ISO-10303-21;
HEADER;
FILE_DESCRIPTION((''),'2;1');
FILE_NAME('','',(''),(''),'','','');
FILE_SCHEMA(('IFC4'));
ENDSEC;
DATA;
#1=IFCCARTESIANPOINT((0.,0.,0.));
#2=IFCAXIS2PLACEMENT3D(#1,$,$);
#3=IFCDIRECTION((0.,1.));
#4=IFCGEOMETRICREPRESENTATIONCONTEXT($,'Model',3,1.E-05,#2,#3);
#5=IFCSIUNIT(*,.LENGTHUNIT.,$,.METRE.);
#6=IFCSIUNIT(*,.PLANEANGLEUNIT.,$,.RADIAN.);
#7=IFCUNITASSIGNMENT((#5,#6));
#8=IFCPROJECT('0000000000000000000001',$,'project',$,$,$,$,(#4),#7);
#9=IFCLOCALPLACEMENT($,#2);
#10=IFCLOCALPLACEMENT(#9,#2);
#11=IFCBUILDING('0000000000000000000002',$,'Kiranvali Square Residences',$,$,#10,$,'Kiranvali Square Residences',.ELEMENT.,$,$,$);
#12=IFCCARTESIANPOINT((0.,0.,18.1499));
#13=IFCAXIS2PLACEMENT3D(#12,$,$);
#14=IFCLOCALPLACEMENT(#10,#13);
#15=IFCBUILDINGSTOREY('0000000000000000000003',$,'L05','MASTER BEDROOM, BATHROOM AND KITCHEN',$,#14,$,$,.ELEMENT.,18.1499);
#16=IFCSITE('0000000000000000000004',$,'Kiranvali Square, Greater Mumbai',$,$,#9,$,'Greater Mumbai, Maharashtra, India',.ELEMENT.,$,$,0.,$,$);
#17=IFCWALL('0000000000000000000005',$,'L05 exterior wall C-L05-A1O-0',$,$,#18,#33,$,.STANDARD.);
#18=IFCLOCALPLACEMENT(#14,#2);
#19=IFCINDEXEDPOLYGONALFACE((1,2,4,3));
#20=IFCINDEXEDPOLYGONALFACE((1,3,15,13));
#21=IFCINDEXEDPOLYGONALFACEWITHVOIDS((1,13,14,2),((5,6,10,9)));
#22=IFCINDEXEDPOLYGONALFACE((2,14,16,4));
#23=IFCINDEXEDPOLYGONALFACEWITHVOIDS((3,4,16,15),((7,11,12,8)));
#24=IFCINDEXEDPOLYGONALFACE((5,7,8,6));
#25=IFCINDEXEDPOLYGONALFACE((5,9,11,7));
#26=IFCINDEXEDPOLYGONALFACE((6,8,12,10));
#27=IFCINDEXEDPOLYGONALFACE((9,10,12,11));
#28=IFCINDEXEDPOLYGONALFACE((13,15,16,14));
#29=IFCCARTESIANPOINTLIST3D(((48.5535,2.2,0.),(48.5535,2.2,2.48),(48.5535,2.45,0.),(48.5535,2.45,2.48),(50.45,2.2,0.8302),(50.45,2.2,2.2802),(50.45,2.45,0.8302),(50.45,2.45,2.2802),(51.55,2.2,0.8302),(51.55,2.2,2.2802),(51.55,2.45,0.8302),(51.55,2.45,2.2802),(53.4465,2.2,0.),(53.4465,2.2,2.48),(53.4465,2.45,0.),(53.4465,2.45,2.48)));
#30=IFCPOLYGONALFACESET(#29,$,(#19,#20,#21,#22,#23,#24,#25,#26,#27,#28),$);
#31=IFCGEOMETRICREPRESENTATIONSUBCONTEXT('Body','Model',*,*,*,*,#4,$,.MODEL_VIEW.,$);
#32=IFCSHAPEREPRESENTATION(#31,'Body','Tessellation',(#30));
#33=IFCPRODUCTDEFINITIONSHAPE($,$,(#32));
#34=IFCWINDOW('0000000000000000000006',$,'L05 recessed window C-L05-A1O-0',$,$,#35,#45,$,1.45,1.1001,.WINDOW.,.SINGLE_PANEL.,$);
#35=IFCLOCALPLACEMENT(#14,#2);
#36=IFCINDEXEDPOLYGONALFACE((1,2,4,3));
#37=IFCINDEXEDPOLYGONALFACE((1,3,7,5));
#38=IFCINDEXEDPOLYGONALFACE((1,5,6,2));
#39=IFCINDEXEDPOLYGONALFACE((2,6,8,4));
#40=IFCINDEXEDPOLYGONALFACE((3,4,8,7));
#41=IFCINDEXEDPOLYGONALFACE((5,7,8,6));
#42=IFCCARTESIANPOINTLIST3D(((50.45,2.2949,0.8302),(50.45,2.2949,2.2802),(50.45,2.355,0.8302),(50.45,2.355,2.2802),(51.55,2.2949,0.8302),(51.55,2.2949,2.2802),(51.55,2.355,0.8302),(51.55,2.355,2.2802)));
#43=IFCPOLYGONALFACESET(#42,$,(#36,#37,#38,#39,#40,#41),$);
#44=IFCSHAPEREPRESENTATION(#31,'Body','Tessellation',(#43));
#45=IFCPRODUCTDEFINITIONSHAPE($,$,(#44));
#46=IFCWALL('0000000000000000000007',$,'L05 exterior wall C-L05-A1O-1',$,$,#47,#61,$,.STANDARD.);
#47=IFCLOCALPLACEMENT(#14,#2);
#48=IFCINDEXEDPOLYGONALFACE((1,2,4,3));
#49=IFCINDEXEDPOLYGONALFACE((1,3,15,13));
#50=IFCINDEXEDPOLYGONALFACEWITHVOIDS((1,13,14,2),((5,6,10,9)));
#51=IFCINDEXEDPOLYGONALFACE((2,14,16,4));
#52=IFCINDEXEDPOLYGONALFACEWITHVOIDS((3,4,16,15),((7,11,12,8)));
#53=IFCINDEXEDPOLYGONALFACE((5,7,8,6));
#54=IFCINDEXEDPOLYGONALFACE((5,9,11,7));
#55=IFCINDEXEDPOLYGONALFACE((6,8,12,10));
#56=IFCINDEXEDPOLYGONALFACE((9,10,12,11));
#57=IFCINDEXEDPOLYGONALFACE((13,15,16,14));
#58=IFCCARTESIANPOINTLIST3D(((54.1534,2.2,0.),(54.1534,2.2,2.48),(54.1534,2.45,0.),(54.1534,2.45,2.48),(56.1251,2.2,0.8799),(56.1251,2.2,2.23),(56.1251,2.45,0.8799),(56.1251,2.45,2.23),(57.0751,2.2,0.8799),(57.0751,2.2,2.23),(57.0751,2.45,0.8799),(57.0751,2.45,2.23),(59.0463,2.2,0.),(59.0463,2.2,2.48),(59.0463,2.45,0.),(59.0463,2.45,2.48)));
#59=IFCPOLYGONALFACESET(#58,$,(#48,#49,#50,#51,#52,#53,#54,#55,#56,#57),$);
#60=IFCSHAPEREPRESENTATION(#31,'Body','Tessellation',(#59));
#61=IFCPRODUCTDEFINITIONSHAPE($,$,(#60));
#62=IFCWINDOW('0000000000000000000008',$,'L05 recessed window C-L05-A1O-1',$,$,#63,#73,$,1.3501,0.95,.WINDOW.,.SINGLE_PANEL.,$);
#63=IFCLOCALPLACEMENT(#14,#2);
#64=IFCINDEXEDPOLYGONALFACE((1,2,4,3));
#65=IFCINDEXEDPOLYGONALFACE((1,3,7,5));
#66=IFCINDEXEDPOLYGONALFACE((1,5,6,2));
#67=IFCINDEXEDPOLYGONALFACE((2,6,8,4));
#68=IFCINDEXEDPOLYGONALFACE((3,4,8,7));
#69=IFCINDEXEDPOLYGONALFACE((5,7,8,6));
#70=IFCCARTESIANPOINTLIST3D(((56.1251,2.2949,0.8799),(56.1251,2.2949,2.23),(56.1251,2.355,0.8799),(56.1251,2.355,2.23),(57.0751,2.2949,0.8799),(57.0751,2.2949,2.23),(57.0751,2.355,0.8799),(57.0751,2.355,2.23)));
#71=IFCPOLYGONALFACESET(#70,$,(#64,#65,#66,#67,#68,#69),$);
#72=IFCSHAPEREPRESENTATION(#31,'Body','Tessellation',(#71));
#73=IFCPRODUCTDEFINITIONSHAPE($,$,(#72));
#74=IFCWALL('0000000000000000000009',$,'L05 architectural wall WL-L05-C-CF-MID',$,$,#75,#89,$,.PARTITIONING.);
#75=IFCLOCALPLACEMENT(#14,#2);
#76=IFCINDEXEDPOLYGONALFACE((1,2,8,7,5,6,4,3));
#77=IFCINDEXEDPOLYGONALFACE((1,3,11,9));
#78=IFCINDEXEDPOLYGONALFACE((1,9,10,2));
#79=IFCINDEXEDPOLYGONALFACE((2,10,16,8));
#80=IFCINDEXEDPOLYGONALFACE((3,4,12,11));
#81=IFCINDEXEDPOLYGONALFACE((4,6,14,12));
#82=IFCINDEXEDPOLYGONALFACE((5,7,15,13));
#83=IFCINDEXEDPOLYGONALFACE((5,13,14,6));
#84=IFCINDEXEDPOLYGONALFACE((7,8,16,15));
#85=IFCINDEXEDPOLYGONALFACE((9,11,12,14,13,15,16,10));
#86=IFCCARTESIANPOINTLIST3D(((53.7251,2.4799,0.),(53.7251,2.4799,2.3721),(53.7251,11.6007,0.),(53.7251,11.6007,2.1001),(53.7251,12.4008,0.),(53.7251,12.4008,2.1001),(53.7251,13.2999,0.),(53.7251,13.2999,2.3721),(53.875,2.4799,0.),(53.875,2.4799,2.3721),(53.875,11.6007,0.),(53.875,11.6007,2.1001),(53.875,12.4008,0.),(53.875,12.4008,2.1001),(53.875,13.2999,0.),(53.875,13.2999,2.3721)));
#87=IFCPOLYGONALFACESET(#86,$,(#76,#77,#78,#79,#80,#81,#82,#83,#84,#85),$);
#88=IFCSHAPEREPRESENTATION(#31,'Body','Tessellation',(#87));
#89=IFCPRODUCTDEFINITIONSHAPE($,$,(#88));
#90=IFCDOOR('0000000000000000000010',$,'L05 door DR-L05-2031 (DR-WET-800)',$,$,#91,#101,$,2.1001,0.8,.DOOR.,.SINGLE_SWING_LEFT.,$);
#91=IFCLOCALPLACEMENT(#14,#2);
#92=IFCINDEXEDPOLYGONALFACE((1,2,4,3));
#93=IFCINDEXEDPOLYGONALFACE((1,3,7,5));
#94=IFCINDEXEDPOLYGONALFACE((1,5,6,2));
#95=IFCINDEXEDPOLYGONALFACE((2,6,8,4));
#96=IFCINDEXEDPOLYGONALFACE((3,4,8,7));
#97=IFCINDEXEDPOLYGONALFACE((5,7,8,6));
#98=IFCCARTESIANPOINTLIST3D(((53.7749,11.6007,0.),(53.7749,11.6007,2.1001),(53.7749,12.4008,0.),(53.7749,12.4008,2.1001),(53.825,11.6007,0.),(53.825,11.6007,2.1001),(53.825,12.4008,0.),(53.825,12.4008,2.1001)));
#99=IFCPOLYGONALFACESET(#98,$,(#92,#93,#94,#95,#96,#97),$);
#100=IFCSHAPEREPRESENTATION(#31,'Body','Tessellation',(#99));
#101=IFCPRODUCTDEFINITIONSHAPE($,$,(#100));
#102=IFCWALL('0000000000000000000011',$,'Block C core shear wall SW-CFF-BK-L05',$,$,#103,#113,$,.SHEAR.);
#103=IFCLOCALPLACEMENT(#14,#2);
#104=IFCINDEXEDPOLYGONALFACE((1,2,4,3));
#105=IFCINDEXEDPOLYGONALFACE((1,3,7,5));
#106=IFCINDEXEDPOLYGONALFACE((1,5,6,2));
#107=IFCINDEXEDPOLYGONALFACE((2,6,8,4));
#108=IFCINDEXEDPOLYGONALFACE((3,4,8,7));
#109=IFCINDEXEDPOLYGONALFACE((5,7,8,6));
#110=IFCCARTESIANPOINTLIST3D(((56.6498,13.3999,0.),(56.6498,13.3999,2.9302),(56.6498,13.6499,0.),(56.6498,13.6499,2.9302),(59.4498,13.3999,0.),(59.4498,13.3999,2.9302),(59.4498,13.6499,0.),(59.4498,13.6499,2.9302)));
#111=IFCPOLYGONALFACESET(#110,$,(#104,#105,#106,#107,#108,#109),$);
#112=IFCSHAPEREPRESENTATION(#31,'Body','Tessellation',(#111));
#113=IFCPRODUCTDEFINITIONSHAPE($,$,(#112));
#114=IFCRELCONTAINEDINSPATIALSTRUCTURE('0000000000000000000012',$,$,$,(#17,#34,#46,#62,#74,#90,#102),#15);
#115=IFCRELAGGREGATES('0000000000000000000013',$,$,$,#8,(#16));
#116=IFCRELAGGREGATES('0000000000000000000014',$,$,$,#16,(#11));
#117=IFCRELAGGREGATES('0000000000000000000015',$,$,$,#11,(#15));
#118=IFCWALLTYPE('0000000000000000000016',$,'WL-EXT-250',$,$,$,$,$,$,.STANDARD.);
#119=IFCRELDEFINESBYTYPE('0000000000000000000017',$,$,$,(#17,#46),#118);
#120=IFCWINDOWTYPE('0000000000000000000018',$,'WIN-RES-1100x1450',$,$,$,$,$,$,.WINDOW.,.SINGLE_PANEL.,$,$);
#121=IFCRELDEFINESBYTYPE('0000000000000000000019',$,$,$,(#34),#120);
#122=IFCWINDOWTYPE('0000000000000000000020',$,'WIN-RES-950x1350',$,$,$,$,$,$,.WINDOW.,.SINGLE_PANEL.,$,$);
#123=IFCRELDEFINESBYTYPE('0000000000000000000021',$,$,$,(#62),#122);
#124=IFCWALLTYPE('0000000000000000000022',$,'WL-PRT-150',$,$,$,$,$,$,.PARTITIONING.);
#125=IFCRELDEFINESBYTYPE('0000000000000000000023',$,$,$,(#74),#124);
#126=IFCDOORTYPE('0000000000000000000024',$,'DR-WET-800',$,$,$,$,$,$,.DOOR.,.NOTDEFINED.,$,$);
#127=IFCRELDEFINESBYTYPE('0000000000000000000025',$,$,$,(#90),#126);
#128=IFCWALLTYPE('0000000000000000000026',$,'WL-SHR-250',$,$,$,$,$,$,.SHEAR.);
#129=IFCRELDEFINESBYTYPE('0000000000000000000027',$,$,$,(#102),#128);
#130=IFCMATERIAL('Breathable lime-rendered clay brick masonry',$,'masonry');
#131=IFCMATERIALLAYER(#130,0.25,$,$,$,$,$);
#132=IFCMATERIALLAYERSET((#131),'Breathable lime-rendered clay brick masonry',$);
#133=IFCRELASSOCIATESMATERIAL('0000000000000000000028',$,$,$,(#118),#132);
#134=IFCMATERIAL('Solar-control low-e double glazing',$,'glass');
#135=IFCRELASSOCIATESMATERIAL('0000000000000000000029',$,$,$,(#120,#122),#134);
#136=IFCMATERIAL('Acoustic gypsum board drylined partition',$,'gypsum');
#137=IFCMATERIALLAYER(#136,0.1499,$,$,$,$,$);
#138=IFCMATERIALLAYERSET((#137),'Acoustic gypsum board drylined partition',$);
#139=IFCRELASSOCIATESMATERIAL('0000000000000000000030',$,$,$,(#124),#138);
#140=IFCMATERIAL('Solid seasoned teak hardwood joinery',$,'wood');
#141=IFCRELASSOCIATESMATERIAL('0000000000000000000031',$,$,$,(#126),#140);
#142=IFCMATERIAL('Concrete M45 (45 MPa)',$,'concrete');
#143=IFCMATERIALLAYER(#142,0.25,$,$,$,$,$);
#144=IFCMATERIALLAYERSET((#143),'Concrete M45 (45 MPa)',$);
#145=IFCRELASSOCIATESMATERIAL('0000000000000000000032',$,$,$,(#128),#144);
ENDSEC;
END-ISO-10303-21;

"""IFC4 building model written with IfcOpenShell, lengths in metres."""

from ifc_helpers import new_model, si_unit, direction, frame, frame_2d, origin, place, context, subcontext, project, spatial, rectangle, extrude, material, layer, layer_set, type_object, element, fill, save


model = new_model("IFC4")

# Units and contexts
model_context = context("Model", 3, precision=1e-05, world=origin(), true_north=direction((0.0, 1.0)))
body_context = subcontext(model_context, "Body", "Model", "MODEL_VIEW")
ifc_project = project(units=[si_unit("LENGTHUNIT", "METRE"), si_unit("PLANEANGLEUNIT", "RADIAN")], contexts=[model_context])

# Site, building, storey
site_placement = place(None, origin())
site = spatial("IfcSite", under=ifc_project, at=site_placement, Name="Kiranvali Square, Greater Mumbai", LongName="Greater Mumbai, Maharashtra, India", CompositionType="ELEMENT", RefElevation=0.0)
building_placement = place(site_placement, origin())
building = spatial("IfcBuilding", under=site, at=building_placement, Name="Kiranvali Square Residences", LongName="Kiranvali Square Residences", CompositionType="ELEMENT")
storey_placement = place(building_placement, frame((0.0, 0.0, 18.1499)))
storey = spatial("IfcBuildingStorey", under=building, at=storey_placement, Name="L05", Description="MASTER BEDROOM, BATHROOM AND KITCHEN", CompositionType="ELEMENT", Elevation=18.1499)

# Shared definitions
ifc_material_1 = material(Name="Concrete M45 (45 MPa)", Category="concrete")

# Walls, openings, windows
ifc_material_2 = material(Name="Breathable lime-rendered clay brick masonry", Category="masonry")
ifc_layer_1 = layer(ifc_material_2, 0.25)
ifc_layer_set_1 = layer_set([ifc_layer_1], Name="Breathable lime-rendered clay brick masonry")
wall_type_1 = type_object("IfcWallType", Name="WL-EXT-250", PredefinedType="STANDARD", material=ifc_layer_set_1)
wall_1_placement = place(storey_placement, frame((48.5535, 2.325, 0.0), z_axis=(0.0, 0.0, 1.0), x_axis=(1.0, 0.0, 0.0)))
wall_1 = element("IfcWall", 1, at=wall_1_placement, inside=storey, type_object=wall_type_1, Name="L05 exterior wall C-L05-A1O-0", PredefinedType="STANDARD", context=body_context, shape_type="SweptSolid", body=[
    extrude(rectangle(XDim=4.8931, YDim=0.25, at=frame_2d((2.4465, 0.0))), origin(), (0.0, 0.0, 1.0), 2.48),
])
opening_1_placement = place(wall_1_placement, frame((1.8965, 0.0, 0.8301)))
opening_1 = element("IfcOpeningElement", 2, at=opening_1_placement, cuts=wall_1, PredefinedType="OPENING", context=body_context, shape_type="SweptSolid", body=[
    extrude(rectangle(XDim=1.1001, YDim=1.45, at=frame_2d((0.55, 0.7251))), frame((0.0, 0.135, 0.0), z_axis=(0.0, -1.0, 0.0), x_axis=(1.0, 0.0, 0.0)), (0.0, 0.0, 1.0), 0.27),
])
ifc_material_3 = material(Name="Solar-control low-e double glazing", Category="glass")
window_type_1 = type_object("IfcWindowType", Name="WIN-RES-1100x1450", PartitioningType="SINGLE_PANEL", PredefinedType="WINDOW", material=ifc_material_3)
window_1_placement = place(opening_1_placement, origin())
window_1 = element("IfcWindow", 3, at=window_1_placement, inside=storey, type_object=window_type_1, Name="L05 recessed window C-L05-A1O-0", OverallHeight=1.45, OverallWidth=1.1001, PartitioningType="SINGLE_PANEL", PredefinedType="WINDOW", context=body_context, shape_type="SweptSolid", body=[
    extrude(rectangle(XDim=1.1001, YDim=1.45, at=frame_2d((0.55, 0.7251))), frame((0.0, 0.03, 0.0), z_axis=(0.0, -1.0, 0.0), x_axis=(1.0, 0.0, 0.0)), (0.0, 0.0, 1.0), 0.0601),
])
fill(opening_1, window_1)
wall_2_placement = place(storey_placement, frame((54.1536, 2.325, 0.0), z_axis=(0.0, 0.0, 1.0), x_axis=(1.0, 0.0, 0.0)))
wall_2 = element("IfcWall", 4, at=wall_2_placement, inside=storey, type_object=wall_type_1, Name="L05 exterior wall C-L05-A1O-1", PredefinedType="STANDARD", context=body_context, shape_type="SweptSolid", body=[
    extrude(rectangle(XDim=4.8928, YDim=0.25, at=frame_2d((2.4463, 0.0))), origin(), (0.0, 0.0, 1.0), 2.48),
])
opening_2_placement = place(wall_2_placement, frame((1.9714, 0.0, 0.8799)))
opening_2 = element("IfcOpeningElement", 5, at=opening_2_placement, cuts=wall_2, PredefinedType="OPENING", context=body_context, shape_type="SweptSolid", body=[
    extrude(rectangle(XDim=0.95, YDim=1.3501, at=frame_2d((0.4751, 0.675))), frame((0.0, 0.135, 0.0), z_axis=(0.0, -1.0, 0.0), x_axis=(1.0, 0.0, 0.0)), (0.0, 0.0, 1.0), 0.27),
])
window_type_2 = type_object("IfcWindowType", Name="WIN-RES-950x1350", PartitioningType="SINGLE_PANEL", PredefinedType="WINDOW", material=ifc_material_3)
window_2_placement = place(opening_2_placement, origin())
window_2 = element("IfcWindow", 6, at=window_2_placement, inside=storey, type_object=window_type_2, Name="L05 recessed window C-L05-A1O-1", OverallHeight=1.3501, OverallWidth=0.95, PartitioningType="SINGLE_PANEL", PredefinedType="WINDOW", context=body_context, shape_type="SweptSolid", body=[
    extrude(rectangle(XDim=0.95, YDim=1.3501, at=frame_2d((0.4751, 0.675))), frame((0.0, 0.03, 0.0), z_axis=(0.0, -1.0, 0.0), x_axis=(1.0, 0.0, 0.0)), (0.0, 0.0, 1.0), 0.0601),
])
fill(opening_2, window_2)

# Wall, opening, door
ifc_material_4 = material(Name="Acoustic gypsum board drylined partition", Category="gypsum")
ifc_layer_2 = layer(ifc_material_4, 0.1499)
ifc_layer_set_2 = layer_set([ifc_layer_2], Name="Acoustic gypsum board drylined partition")
wall_type_2 = type_object("IfcWallType", Name="WL-PRT-150", PredefinedType="PARTITIONING", material=ifc_layer_set_2)
wall_3_placement = place(storey_placement, frame((53.8, 13.3, 0.0), z_axis=(0.0, 0.0, 1.0), x_axis=(0.0, -1.0, 0.0)))
wall_3 = element("IfcWall", 7, at=wall_3_placement, inside=storey, type_object=wall_type_2, Name="L05 architectural wall WL-L05-C-CF-MID", PredefinedType="PARTITIONING", context=body_context, shape_type="SweptSolid", body=[
    extrude(rectangle(XDim=10.8201, YDim=0.1499, at=frame_2d((5.4102, 0.0))), origin(), (0.0, 0.0, 1.0), 2.3721),
])
opening_3_placement = place(wall_3_placement, frame((0.8994, 0.0, 0.0)))
opening_3 = element("IfcOpeningElement", 8, at=opening_3_placement, cuts=wall_3, PredefinedType="OPENING", context=body_context, shape_type="SweptSolid", body=[
    extrude(rectangle(XDim=0.8, YDim=2.1001, at=frame_2d((0.3999, 1.05))), frame((0.0, 0.085, 0.0), z_axis=(0.0, -1.0, 0.0), x_axis=(1.0, 0.0, 0.0)), (0.0, 0.0, 1.0), 0.1699),
])
ifc_material_5 = material(Name="Solid seasoned teak hardwood joinery", Category="wood")
door_type = type_object("IfcDoorType", Name="DR-WET-800", OperationType="NOTDEFINED", PredefinedType="DOOR", material=ifc_material_5)
door_placement = place(opening_3_placement, origin())
door = element("IfcDoor", 9, at=door_placement, inside=storey, type_object=door_type, Name="L05 door DR-L05-2031 (DR-WET-800)", OperationType="SINGLE_SWING_LEFT", OverallHeight=2.1001, OverallWidth=0.8, PredefinedType="DOOR", context=body_context, shape_type="SweptSolid", body=[
    extrude(rectangle(XDim=0.8, YDim=2.1001, at=frame_2d((0.3999, 1.05))), frame((0.0, 0.0249, 0.0), z_axis=(0.0, -1.0, 0.0), x_axis=(1.0, 0.0, 0.0)), (0.0, 0.0, 1.0), 0.05),
])
fill(opening_3, door)

# Wall
ifc_layer_3 = layer(ifc_material_1, 0.25)
ifc_layer_set_3 = layer_set([ifc_layer_3], Name="Concrete M45 (45 MPa)")
wall_type_3 = type_object("IfcWallType", Name="WL-SHR-250", PredefinedType="SHEAR", material=ifc_layer_set_3)
wall_4_placement = place(storey_placement, frame((56.6499, 13.5249, 0.0), z_axis=(0.0, 0.0, 1.0), x_axis=(1.0, 0.0, 0.0)))
element("IfcWall", 10, at=wall_4_placement, inside=storey, type_object=wall_type_3, Name="Block C core shear wall SW-CFF-BK-L05", PredefinedType="SHEAR", context=body_context, shape_type="SweptSolid", body=[
    extrude(rectangle(XDim=2.8, YDim=0.25, at=frame_2d((1.3999, 0.0))), origin(), (0.0, 0.0, 1.0), 2.9302),
])

save(model, "model.ifc")
